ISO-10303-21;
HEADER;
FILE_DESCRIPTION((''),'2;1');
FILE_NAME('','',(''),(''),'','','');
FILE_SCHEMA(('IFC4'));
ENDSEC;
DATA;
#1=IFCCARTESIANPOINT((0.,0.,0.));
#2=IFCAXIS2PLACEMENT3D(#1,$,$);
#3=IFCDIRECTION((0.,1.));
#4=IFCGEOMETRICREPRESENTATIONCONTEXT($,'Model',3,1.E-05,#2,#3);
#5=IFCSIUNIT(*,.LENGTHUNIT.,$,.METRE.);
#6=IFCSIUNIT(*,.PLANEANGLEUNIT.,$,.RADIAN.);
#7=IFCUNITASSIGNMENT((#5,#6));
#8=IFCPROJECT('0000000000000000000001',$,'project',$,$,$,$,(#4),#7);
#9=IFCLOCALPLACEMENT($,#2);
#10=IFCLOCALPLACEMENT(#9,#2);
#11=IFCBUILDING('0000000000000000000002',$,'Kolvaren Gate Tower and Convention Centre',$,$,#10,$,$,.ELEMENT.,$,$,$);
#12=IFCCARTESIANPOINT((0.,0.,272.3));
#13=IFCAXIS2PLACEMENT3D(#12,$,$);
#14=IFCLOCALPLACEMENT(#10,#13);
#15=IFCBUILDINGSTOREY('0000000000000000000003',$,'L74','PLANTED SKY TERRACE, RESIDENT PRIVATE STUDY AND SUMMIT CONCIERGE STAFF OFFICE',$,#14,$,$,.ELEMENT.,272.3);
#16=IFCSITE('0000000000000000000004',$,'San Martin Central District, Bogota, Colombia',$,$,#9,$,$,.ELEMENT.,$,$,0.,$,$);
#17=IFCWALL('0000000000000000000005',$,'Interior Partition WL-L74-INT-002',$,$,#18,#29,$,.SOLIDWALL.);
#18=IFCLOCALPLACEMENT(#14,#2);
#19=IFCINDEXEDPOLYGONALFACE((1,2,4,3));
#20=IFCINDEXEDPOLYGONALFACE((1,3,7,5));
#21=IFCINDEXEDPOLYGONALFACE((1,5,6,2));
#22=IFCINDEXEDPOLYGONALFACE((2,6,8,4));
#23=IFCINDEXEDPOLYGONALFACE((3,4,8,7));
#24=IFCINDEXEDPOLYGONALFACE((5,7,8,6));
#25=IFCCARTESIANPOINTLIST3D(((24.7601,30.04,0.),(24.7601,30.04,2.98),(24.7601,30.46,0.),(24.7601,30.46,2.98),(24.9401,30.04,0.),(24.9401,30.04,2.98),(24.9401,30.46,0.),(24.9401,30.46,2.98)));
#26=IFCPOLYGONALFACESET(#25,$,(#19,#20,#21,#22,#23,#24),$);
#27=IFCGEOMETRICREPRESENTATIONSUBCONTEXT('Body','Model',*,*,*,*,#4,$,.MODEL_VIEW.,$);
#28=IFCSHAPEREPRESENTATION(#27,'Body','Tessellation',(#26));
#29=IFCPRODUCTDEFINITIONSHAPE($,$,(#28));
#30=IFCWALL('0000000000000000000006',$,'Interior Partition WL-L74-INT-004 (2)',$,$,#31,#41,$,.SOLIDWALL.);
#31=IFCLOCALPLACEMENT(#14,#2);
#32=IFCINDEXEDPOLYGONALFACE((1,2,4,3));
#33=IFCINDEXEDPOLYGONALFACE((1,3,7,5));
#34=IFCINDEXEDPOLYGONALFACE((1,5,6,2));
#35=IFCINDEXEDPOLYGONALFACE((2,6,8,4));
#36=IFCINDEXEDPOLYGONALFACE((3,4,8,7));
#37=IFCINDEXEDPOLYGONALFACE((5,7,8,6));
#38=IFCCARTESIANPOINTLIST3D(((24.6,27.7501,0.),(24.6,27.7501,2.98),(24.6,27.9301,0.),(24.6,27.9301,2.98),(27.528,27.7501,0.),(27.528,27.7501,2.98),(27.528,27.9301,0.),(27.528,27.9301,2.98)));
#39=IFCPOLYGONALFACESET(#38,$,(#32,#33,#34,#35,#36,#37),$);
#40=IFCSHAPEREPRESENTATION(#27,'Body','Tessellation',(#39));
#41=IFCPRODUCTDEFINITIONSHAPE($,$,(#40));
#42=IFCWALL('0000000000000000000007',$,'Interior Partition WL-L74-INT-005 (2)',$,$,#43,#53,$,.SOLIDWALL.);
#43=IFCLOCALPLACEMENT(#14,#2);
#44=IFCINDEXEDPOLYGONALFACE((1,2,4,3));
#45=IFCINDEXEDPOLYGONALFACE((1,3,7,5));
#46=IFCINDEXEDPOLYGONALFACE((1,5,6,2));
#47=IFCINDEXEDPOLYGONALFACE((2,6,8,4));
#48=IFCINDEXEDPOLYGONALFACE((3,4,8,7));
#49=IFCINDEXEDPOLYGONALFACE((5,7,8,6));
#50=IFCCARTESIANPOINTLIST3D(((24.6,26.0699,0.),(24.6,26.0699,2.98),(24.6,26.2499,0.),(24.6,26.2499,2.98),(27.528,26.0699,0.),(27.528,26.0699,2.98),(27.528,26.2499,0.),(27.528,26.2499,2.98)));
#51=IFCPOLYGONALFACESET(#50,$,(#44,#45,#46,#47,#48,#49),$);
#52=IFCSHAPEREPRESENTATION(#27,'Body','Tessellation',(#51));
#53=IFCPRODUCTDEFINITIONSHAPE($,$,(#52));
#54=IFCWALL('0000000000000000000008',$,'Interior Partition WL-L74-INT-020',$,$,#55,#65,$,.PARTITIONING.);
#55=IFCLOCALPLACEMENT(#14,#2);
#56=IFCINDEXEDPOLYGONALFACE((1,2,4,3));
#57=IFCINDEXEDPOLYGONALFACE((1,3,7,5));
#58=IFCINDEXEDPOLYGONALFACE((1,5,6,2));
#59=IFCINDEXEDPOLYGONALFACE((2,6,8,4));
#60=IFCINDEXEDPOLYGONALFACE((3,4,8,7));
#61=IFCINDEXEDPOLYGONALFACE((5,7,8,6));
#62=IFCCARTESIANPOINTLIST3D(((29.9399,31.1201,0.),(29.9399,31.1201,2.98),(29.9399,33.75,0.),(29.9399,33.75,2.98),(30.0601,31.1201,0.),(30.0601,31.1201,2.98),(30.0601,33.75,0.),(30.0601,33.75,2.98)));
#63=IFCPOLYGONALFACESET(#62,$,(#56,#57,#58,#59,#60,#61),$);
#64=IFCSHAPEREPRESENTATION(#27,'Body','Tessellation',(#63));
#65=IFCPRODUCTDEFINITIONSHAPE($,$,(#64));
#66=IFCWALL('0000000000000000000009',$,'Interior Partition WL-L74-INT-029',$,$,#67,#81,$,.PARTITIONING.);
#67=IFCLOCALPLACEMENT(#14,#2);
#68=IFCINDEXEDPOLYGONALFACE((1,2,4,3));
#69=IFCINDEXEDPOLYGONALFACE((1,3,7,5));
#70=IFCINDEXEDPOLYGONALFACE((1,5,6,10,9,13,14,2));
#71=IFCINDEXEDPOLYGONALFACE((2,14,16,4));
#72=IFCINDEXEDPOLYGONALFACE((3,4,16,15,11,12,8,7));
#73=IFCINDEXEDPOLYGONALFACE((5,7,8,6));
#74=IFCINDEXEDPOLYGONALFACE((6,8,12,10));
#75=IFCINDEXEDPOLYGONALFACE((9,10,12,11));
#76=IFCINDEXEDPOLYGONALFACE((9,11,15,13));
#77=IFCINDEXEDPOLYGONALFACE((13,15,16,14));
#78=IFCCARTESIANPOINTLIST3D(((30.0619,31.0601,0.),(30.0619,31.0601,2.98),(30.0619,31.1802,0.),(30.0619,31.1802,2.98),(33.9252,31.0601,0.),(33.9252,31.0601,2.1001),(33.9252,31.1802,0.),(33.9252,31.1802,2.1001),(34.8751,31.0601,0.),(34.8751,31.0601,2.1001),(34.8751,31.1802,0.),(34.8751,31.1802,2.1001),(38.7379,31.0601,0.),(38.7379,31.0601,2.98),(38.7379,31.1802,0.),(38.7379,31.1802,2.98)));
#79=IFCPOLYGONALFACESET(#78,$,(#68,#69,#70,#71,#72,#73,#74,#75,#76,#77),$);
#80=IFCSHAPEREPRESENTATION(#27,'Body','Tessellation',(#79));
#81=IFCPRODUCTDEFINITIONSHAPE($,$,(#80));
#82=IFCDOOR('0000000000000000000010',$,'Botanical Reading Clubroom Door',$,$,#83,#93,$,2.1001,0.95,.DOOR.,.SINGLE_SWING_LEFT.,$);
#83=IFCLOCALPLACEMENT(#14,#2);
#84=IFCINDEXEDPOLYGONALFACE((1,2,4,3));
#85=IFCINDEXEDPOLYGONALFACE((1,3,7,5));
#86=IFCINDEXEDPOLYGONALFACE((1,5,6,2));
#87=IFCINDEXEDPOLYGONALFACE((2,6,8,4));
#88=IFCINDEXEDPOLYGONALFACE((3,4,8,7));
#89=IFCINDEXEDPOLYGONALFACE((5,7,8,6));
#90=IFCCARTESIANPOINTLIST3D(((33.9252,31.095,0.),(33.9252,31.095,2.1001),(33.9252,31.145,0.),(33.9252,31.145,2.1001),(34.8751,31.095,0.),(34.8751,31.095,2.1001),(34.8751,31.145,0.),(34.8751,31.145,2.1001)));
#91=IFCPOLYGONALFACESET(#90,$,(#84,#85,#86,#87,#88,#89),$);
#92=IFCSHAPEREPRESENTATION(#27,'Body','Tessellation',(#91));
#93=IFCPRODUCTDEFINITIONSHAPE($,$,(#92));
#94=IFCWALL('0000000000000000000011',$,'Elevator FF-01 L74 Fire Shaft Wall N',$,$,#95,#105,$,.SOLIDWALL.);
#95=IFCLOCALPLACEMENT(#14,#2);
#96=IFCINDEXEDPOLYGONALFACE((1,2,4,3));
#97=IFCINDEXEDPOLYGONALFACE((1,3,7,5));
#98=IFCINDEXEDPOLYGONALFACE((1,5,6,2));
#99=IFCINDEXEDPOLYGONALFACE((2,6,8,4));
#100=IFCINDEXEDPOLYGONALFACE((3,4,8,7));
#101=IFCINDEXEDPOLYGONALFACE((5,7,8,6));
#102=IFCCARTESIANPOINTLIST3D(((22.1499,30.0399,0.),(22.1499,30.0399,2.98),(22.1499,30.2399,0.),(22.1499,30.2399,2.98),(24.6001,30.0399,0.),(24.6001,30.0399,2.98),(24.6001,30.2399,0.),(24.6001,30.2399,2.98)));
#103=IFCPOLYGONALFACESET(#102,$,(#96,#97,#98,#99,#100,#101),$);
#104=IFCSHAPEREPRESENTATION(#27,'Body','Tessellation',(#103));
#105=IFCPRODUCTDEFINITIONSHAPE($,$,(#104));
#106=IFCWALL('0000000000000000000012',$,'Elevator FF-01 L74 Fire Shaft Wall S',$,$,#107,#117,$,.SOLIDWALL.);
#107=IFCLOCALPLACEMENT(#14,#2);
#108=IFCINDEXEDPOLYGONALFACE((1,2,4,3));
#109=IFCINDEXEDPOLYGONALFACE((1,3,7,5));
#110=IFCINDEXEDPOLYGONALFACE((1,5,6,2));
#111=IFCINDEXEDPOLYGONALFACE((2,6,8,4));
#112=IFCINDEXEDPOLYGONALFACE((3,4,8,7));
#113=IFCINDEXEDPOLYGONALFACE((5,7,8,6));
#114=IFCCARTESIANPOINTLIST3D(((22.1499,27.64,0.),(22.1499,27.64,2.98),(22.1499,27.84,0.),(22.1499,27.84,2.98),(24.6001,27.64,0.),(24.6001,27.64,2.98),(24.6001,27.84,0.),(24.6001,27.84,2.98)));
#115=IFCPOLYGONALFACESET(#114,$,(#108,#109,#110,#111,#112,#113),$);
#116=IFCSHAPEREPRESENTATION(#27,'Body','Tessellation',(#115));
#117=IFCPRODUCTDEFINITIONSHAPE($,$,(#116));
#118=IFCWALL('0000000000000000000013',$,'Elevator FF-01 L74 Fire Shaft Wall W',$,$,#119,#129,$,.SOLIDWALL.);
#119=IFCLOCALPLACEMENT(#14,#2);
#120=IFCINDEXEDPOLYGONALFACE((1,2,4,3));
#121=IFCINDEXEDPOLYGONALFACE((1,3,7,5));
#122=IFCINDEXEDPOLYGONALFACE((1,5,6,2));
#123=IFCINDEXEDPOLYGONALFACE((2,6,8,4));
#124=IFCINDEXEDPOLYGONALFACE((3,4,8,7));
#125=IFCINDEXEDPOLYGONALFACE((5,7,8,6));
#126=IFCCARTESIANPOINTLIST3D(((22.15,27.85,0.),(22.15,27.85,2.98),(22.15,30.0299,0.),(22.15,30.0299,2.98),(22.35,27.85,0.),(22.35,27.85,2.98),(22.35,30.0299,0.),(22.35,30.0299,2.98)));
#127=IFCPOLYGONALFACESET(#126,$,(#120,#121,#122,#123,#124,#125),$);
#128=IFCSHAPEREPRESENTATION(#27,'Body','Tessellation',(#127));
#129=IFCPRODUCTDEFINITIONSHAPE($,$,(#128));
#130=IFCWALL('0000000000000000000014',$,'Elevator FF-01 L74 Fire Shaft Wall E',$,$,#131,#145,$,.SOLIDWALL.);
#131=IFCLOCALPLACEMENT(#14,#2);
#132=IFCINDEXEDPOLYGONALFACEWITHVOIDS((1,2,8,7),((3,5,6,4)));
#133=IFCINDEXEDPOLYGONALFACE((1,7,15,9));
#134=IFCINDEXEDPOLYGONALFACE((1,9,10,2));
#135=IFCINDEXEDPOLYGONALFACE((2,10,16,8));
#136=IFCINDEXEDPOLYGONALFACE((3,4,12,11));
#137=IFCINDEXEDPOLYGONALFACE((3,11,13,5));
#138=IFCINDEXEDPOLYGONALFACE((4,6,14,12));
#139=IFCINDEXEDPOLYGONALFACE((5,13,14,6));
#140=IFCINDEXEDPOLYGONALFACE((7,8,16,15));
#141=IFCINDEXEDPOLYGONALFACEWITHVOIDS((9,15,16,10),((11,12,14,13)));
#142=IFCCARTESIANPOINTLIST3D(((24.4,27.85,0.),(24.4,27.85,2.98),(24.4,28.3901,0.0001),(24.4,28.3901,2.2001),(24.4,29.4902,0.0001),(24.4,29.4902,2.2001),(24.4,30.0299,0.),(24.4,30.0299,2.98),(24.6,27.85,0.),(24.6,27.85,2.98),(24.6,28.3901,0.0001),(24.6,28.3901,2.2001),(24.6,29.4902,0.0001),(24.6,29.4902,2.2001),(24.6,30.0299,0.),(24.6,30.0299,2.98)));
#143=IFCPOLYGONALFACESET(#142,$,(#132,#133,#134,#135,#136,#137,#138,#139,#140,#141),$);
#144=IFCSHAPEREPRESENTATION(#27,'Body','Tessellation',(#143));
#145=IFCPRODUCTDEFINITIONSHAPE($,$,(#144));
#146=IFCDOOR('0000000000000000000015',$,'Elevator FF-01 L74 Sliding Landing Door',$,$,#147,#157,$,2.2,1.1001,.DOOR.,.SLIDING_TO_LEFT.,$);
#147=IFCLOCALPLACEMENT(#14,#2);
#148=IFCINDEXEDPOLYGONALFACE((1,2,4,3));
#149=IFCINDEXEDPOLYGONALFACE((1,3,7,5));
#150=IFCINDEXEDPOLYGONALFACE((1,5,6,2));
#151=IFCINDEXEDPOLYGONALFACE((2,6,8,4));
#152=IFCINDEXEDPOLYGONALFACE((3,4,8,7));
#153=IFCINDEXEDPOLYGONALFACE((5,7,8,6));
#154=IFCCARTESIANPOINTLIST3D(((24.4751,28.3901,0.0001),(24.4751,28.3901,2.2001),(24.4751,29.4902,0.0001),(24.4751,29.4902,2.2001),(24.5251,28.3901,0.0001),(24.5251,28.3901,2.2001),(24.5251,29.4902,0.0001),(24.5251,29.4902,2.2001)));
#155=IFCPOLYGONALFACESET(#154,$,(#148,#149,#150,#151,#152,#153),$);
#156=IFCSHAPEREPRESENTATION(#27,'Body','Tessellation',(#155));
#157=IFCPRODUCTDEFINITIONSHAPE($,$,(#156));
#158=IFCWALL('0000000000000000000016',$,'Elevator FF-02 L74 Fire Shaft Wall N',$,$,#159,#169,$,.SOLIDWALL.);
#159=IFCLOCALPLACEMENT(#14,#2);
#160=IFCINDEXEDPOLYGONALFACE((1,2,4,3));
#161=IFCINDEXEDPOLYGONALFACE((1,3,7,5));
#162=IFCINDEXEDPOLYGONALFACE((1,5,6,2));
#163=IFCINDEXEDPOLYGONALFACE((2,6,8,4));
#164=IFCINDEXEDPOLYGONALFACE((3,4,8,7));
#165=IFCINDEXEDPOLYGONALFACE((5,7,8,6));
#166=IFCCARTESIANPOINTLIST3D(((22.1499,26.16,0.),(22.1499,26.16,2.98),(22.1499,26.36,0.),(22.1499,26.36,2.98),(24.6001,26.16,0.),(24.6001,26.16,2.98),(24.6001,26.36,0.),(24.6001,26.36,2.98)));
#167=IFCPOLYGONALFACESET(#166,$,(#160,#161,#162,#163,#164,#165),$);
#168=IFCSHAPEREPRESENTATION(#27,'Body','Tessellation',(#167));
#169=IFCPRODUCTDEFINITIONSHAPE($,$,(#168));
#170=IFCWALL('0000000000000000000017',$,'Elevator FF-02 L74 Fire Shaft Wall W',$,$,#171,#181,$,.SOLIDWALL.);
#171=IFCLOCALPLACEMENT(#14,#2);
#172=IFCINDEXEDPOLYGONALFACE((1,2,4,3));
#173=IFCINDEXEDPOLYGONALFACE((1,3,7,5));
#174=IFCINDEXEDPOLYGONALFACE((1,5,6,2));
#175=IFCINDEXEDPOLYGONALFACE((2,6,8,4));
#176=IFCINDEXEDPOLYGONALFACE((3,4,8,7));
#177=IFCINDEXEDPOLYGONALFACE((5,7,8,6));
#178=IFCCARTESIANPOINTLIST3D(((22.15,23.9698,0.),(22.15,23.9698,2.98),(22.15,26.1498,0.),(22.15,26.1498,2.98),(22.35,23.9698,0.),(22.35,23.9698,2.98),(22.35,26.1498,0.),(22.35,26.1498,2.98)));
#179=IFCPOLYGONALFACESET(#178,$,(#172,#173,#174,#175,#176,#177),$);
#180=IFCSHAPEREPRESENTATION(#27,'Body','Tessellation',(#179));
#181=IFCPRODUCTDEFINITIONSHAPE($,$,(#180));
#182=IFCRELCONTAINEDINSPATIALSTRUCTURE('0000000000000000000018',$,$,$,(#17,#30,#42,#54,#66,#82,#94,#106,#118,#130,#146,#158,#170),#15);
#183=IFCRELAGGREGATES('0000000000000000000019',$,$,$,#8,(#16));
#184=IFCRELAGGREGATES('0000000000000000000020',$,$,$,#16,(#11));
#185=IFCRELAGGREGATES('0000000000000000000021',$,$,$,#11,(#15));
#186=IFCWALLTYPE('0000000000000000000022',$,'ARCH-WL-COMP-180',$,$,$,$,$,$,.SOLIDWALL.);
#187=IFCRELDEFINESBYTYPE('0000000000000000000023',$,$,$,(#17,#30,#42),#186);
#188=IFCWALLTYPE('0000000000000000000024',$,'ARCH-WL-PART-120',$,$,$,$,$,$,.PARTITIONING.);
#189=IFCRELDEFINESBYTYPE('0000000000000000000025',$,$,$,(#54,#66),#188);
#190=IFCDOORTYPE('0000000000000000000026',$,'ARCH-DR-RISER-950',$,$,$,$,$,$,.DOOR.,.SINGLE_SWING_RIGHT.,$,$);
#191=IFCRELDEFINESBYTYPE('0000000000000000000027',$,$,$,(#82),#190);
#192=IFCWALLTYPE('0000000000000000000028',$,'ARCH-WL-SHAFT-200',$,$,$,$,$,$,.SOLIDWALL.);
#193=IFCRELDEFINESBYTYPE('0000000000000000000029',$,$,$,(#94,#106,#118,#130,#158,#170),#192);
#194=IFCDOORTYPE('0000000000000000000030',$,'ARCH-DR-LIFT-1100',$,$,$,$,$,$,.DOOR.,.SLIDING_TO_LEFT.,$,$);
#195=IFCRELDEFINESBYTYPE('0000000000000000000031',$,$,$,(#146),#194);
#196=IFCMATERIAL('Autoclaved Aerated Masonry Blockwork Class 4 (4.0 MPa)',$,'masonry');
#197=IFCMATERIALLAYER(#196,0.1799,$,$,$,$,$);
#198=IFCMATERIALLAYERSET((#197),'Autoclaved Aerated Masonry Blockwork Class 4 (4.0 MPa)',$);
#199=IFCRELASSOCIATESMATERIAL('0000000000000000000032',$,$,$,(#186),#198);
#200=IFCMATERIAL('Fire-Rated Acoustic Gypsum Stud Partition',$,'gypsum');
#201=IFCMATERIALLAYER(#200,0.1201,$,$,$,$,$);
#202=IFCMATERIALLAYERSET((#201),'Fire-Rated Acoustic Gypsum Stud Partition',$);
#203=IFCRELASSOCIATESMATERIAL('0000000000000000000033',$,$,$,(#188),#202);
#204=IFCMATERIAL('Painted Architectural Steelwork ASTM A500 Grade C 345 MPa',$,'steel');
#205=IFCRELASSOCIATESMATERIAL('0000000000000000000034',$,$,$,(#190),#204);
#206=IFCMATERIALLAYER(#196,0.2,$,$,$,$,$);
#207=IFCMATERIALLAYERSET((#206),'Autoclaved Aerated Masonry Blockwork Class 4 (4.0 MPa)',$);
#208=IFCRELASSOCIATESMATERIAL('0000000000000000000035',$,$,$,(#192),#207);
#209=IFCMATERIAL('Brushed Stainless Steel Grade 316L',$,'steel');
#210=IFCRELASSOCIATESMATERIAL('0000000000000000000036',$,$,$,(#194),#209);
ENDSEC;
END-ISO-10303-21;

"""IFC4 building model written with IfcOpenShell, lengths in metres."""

from ifc_helpers import new_model, si_unit, direction, frame, frame_2d, origin, place, context, subcontext, project, spatial, rectangle, extrude, material, layer, layer_set, type_object, element, fill, save


model = new_model("IFC4")

# Units and contexts
model_context = context("Model", 3, precision=1e-05, world=origin(), true_north=direction((0.0, 1.0)))
body_context = subcontext(model_context, "Body", "Model", "MODEL_VIEW")
ifc_project = project(units=[si_unit("LENGTHUNIT", "METRE"), si_unit("PLANEANGLEUNIT", "RADIAN")], contexts=[model_context])

# Site, building, storey
site_placement = place(None, origin())
site = spatial("IfcSite", under=ifc_project, at=site_placement, Name="San Martin Central District, Bogota, Colombia", CompositionType="ELEMENT", RefElevation=0.0)
building_placement = place(site_placement, origin())
building = spatial("IfcBuilding", under=site, at=building_placement, Name="Kolvaren Gate Tower and Convention Centre", CompositionType="ELEMENT")
storey_placement = place(building_placement, frame((0.0, 0.0, 272.3)))
storey = spatial("IfcBuildingStorey", under=building, at=storey_placement, Name="L74", Description="PLANTED SKY TERRACE, RESIDENT PRIVATE STUDY AND SUMMIT CONCIERGE STAFF OFFICE", CompositionType="ELEMENT", Elevation=272.3)

# Walls
ifc_material_1 = material(Name="Autoclaved Aerated Masonry Blockwork Class 4 (4.0 MPa)", Category="masonry")
ifc_layer_1 = layer(ifc_material_1, 0.1799)
ifc_layer_set_1 = layer_set([ifc_layer_1], Name="Autoclaved Aerated Masonry Blockwork Class 4 (4.0 MPa)")
wall_type_1 = type_object("IfcWallType", Name="ARCH-WL-COMP-180", PredefinedType="SOLIDWALL", material=ifc_layer_set_1)
wall_1_placement = place(storey_placement, frame((24.8501, 30.04, 0.0), z_axis=(0.0, 0.0, 1.0), x_axis=(0.0, 1.0, 0.0)))
element("IfcWall", 1, at=wall_1_placement, inside=storey, type_object=wall_type_1, Name="Interior Partition WL-L74-INT-002", PredefinedType="SOLIDWALL", context=body_context, shape_type="SweptSolid", body=[
    extrude(rectangle(XDim=0.4199, YDim=0.1799, at=frame_2d((0.21, 0.0))), origin(), (0.0, 0.0, 1.0), 2.98),
])
for number, where, z_axis, x_axis, name in (
    (2, (24.6001, 27.8401, 0.0), (0.0, 0.0, 1.0), (1.0, 0.0, 0.0), "Interior Partition WL-L74-INT-004 (2)"),
    (3, (24.6001, 26.1599, 0.0), (0.0, 0.0, 1.0), (1.0, 0.0, 0.0), "Interior Partition WL-L74-INT-005 (2)"),
):
    element("IfcWall", number, at=place(storey_placement, frame(where, z_axis=z_axis, x_axis=x_axis)), inside=storey, type_object=wall_type_1, Name=name, PredefinedType="SOLIDWALL", context=body_context, shape_type="SweptSolid", body=[
        extrude(rectangle(XDim=2.928, YDim=0.1799, at=frame_2d((1.4639, 0.0))), origin(), (0.0, 0.0, 1.0), 2.98),
    ])
ifc_material_2 = material(Name="Fire-Rated Acoustic Gypsum Stud Partition", Category="gypsum")
ifc_layer_2 = layer(ifc_material_2, 0.1201)
ifc_layer_set_2 = layer_set([ifc_layer_2], Name="Fire-Rated Acoustic Gypsum Stud Partition")
wall_type_2 = type_object("IfcWallType", Name="ARCH-WL-PART-120", PredefinedType="PARTITIONING", material=ifc_layer_set_2)
wall_2_placement = place(storey_placement, frame((30.0, 31.1201, 0.0), z_axis=(0.0, 0.0, 1.0), x_axis=(0.0, 1.0, 0.0)))
element("IfcWall", 4, at=wall_2_placement, inside=storey, type_object=wall_type_2, Name="Interior Partition WL-L74-INT-020", PredefinedType="PARTITIONING", context=body_context, shape_type="SweptSolid", body=[
    extrude(rectangle(XDim=2.6299, YDim=0.1201, at=frame_2d((1.3149, 0.0))), origin(), (0.0, 0.0, 1.0), 2.98),
])

# Wall, opening, door
wall_3_placement = place(storey_placement, frame((30.062, 31.1201, 0.0), z_axis=(0.0, 0.0, 1.0), x_axis=(1.0, 0.0, 0.0)))
wall_3 = element("IfcWall", 5, at=wall_3_placement, inside=storey, type_object=wall_type_2, Name="Interior Partition WL-L74-INT-029", PredefinedType="PARTITIONING", context=body_context, shape_type="SweptSolid", body=[
    extrude(rectangle(XDim=8.676, YDim=0.1201, at=frame_2d((4.3379, 0.0))), origin(), (0.0, 0.0, 1.0), 2.98),
])
opening_1_placement = place(wall_3_placement, frame((3.863, 0.0, 0.0)))
opening_1 = element("IfcOpeningElement", 6, at=opening_1_placement, cuts=wall_3, PredefinedType="OPENING", context=body_context, shape_type="SweptSolid", body=[
    extrude(rectangle(XDim=0.95, YDim=2.1001, at=frame_2d((0.4751, 1.05))), frame((0.0, 0.0701, 0.0), z_axis=(0.0, -1.0, 0.0), x_axis=(1.0, 0.0, 0.0)), (0.0, 0.0, 1.0), 0.1401),
])
ifc_material_3 = material(Name="Painted Architectural Steelwork ASTM A500 Grade C 345 MPa", Category="steel")
door_type_1 = type_object("IfcDoorType", Name="ARCH-DR-RISER-950", OperationType="SINGLE_SWING_RIGHT", PredefinedType="DOOR", material=ifc_material_3)
door_1_placement = place(opening_1_placement, origin())
door_1 = element("IfcDoor", 7, at=door_1_placement, inside=storey, type_object=door_type_1, Name="Botanical Reading Clubroom Door", OperationType="SINGLE_SWING_LEFT", OverallHeight=2.1001, OverallWidth=0.95, PredefinedType="DOOR", context=body_context, shape_type="SweptSolid", body=[
    extrude(rectangle(XDim=0.95, YDim=2.1001, at=frame_2d((0.4751, 1.05))), frame((0.0, 0.0249, 0.0), z_axis=(0.0, -1.0, 0.0), x_axis=(1.0, 0.0, 0.0)), (0.0, 0.0, 1.0), 0.05),
])
fill(opening_1, door_1)

# Walls
ifc_layer_3 = layer(ifc_material_1, 0.2)
ifc_layer_set_3 = layer_set([ifc_layer_3], Name="Autoclaved Aerated Masonry Blockwork Class 4 (4.0 MPa)")
wall_type_3 = type_object("IfcWallType", Name="ARCH-WL-SHAFT-200", PredefinedType="SOLIDWALL", material=ifc_layer_set_3)
for number, where, z_axis, x_axis, name in (
    (8, (22.1499, 30.1399, 0.0), (0.0, 0.0, 1.0), (1.0, 0.0, 0.0), "Elevator FF-01 L74 Fire Shaft Wall N"),
    (9, (22.1499, 27.74, 0.0), (0.0, 0.0, 1.0), (1.0, 0.0, 0.0), "Elevator FF-01 L74 Fire Shaft Wall S"),
):
    element("IfcWall", number, at=place(storey_placement, frame(where, z_axis=z_axis, x_axis=x_axis)), inside=storey, type_object=wall_type_3, Name=name, PredefinedType="SOLIDWALL", context=body_context, shape_type="SweptSolid", body=[
        extrude(rectangle(XDim=2.4502, YDim=0.2, at=frame_2d((1.2251, 0.0))), origin(), (0.0, 0.0, 1.0), 2.98),
    ])
wall_4_placement = place(storey_placement, frame((22.25, 27.8501, 0.0), z_axis=(0.0, 0.0, 1.0), x_axis=(0.0, 1.0, 0.0)))
element("IfcWall", 10, at=wall_4_placement, inside=storey, type_object=wall_type_3, Name="Elevator FF-01 L74 Fire Shaft Wall W", PredefinedType="SOLIDWALL", context=body_context, shape_type="SweptSolid", body=[
    extrude(rectangle(XDim=2.1799, YDim=0.2, at=frame_2d((1.0898, 0.0))), origin(), (0.0, 0.0, 1.0), 2.98),
])

# Wall, opening, door
wall_5_placement = place(storey_placement, frame((24.5, 27.8501, 0.0), z_axis=(0.0, 0.0, 1.0), x_axis=(0.0, 1.0, 0.0)))
wall_5 = element("IfcWall", 11, at=wall_5_placement, inside=storey, type_object=wall_type_3, Name="Elevator FF-01 L74 Fire Shaft Wall E", PredefinedType="SOLIDWALL", context=body_context, shape_type="SweptSolid", body=[
    extrude(rectangle(XDim=2.1799, YDim=0.2, at=frame_2d((1.0898, 0.0))), origin(), (0.0, 0.0, 1.0), 2.98),
])
opening_2_placement = place(wall_5_placement, frame((0.54, 0.0, 0.0)))
opening_2 = element("IfcOpeningElement", 12, at=opening_2_placement, cuts=wall_5, PredefinedType="OPENING", context=body_context, shape_type="SweptSolid", body=[
    extrude(rectangle(XDim=1.1001, YDim=2.2, at=frame_2d((0.55, 1.1001))), frame((0.0, 0.1099, 0.0), z_axis=(0.0, -1.0, 0.0), x_axis=(1.0, 0.0, 0.0)), (0.0, 0.0, 1.0), 0.22),
])
ifc_material_4 = material(Name="Brushed Stainless Steel Grade 316L", Category="steel")
door_type_2 = type_object("IfcDoorType", Name="ARCH-DR-LIFT-1100", OperationType="SLIDING_TO_LEFT", PredefinedType="DOOR", material=ifc_material_4)
door_2_placement = place(opening_2_placement, origin())
door_2 = element("IfcDoor", 13, at=door_2_placement, inside=storey, type_object=door_type_2, Name="Elevator FF-01 L74 Sliding Landing Door", OperationType="SLIDING_TO_LEFT", OverallHeight=2.2, OverallWidth=1.1001, PredefinedType="DOOR", context=body_context, shape_type="SweptSolid", body=[
    extrude(rectangle(XDim=1.1001, YDim=2.2, at=frame_2d((0.55, 1.1001))), frame((0.0, 0.0249, 0.0), z_axis=(0.0, -1.0, 0.0), x_axis=(1.0, 0.0, 0.0)), (0.0, 0.0, 1.0), 0.05),
])
fill(opening_2, door_2)

# Walls
wall_6_placement = place(storey_placement, frame((22.1499, 26.26, 0.0), z_axis=(0.0, 0.0, 1.0), x_axis=(1.0, 0.0, 0.0)))
element("IfcWall", 14, at=wall_6_placement, inside=storey, type_object=wall_type_3, Name="Elevator FF-02 L74 Fire Shaft Wall N", PredefinedType="SOLIDWALL", context=body_context, shape_type="SweptSolid", body=[
    extrude(rectangle(XDim=2.4502, YDim=0.2, at=frame_2d((1.2251, 0.0))), origin(), (0.0, 0.0, 1.0), 2.98),
])
wall_7_placement = place(storey_placement, frame((22.25, 23.97, 0.0), z_axis=(0.0, 0.0, 1.0), x_axis=(0.0, 1.0, 0.0)))
element("IfcWall", 15, at=wall_7_placement, inside=storey, type_object=wall_type_3, Name="Elevator FF-02 L74 Fire Shaft Wall W", PredefinedType="SOLIDWALL", context=body_context, shape_type="SweptSolid", body=[
    extrude(rectangle(XDim=2.1799, YDim=0.2, at=frame_2d((1.0898, 0.0))), origin(), (0.0, 0.0, 1.0), 2.98),
])

save(model, "model.ifc")
